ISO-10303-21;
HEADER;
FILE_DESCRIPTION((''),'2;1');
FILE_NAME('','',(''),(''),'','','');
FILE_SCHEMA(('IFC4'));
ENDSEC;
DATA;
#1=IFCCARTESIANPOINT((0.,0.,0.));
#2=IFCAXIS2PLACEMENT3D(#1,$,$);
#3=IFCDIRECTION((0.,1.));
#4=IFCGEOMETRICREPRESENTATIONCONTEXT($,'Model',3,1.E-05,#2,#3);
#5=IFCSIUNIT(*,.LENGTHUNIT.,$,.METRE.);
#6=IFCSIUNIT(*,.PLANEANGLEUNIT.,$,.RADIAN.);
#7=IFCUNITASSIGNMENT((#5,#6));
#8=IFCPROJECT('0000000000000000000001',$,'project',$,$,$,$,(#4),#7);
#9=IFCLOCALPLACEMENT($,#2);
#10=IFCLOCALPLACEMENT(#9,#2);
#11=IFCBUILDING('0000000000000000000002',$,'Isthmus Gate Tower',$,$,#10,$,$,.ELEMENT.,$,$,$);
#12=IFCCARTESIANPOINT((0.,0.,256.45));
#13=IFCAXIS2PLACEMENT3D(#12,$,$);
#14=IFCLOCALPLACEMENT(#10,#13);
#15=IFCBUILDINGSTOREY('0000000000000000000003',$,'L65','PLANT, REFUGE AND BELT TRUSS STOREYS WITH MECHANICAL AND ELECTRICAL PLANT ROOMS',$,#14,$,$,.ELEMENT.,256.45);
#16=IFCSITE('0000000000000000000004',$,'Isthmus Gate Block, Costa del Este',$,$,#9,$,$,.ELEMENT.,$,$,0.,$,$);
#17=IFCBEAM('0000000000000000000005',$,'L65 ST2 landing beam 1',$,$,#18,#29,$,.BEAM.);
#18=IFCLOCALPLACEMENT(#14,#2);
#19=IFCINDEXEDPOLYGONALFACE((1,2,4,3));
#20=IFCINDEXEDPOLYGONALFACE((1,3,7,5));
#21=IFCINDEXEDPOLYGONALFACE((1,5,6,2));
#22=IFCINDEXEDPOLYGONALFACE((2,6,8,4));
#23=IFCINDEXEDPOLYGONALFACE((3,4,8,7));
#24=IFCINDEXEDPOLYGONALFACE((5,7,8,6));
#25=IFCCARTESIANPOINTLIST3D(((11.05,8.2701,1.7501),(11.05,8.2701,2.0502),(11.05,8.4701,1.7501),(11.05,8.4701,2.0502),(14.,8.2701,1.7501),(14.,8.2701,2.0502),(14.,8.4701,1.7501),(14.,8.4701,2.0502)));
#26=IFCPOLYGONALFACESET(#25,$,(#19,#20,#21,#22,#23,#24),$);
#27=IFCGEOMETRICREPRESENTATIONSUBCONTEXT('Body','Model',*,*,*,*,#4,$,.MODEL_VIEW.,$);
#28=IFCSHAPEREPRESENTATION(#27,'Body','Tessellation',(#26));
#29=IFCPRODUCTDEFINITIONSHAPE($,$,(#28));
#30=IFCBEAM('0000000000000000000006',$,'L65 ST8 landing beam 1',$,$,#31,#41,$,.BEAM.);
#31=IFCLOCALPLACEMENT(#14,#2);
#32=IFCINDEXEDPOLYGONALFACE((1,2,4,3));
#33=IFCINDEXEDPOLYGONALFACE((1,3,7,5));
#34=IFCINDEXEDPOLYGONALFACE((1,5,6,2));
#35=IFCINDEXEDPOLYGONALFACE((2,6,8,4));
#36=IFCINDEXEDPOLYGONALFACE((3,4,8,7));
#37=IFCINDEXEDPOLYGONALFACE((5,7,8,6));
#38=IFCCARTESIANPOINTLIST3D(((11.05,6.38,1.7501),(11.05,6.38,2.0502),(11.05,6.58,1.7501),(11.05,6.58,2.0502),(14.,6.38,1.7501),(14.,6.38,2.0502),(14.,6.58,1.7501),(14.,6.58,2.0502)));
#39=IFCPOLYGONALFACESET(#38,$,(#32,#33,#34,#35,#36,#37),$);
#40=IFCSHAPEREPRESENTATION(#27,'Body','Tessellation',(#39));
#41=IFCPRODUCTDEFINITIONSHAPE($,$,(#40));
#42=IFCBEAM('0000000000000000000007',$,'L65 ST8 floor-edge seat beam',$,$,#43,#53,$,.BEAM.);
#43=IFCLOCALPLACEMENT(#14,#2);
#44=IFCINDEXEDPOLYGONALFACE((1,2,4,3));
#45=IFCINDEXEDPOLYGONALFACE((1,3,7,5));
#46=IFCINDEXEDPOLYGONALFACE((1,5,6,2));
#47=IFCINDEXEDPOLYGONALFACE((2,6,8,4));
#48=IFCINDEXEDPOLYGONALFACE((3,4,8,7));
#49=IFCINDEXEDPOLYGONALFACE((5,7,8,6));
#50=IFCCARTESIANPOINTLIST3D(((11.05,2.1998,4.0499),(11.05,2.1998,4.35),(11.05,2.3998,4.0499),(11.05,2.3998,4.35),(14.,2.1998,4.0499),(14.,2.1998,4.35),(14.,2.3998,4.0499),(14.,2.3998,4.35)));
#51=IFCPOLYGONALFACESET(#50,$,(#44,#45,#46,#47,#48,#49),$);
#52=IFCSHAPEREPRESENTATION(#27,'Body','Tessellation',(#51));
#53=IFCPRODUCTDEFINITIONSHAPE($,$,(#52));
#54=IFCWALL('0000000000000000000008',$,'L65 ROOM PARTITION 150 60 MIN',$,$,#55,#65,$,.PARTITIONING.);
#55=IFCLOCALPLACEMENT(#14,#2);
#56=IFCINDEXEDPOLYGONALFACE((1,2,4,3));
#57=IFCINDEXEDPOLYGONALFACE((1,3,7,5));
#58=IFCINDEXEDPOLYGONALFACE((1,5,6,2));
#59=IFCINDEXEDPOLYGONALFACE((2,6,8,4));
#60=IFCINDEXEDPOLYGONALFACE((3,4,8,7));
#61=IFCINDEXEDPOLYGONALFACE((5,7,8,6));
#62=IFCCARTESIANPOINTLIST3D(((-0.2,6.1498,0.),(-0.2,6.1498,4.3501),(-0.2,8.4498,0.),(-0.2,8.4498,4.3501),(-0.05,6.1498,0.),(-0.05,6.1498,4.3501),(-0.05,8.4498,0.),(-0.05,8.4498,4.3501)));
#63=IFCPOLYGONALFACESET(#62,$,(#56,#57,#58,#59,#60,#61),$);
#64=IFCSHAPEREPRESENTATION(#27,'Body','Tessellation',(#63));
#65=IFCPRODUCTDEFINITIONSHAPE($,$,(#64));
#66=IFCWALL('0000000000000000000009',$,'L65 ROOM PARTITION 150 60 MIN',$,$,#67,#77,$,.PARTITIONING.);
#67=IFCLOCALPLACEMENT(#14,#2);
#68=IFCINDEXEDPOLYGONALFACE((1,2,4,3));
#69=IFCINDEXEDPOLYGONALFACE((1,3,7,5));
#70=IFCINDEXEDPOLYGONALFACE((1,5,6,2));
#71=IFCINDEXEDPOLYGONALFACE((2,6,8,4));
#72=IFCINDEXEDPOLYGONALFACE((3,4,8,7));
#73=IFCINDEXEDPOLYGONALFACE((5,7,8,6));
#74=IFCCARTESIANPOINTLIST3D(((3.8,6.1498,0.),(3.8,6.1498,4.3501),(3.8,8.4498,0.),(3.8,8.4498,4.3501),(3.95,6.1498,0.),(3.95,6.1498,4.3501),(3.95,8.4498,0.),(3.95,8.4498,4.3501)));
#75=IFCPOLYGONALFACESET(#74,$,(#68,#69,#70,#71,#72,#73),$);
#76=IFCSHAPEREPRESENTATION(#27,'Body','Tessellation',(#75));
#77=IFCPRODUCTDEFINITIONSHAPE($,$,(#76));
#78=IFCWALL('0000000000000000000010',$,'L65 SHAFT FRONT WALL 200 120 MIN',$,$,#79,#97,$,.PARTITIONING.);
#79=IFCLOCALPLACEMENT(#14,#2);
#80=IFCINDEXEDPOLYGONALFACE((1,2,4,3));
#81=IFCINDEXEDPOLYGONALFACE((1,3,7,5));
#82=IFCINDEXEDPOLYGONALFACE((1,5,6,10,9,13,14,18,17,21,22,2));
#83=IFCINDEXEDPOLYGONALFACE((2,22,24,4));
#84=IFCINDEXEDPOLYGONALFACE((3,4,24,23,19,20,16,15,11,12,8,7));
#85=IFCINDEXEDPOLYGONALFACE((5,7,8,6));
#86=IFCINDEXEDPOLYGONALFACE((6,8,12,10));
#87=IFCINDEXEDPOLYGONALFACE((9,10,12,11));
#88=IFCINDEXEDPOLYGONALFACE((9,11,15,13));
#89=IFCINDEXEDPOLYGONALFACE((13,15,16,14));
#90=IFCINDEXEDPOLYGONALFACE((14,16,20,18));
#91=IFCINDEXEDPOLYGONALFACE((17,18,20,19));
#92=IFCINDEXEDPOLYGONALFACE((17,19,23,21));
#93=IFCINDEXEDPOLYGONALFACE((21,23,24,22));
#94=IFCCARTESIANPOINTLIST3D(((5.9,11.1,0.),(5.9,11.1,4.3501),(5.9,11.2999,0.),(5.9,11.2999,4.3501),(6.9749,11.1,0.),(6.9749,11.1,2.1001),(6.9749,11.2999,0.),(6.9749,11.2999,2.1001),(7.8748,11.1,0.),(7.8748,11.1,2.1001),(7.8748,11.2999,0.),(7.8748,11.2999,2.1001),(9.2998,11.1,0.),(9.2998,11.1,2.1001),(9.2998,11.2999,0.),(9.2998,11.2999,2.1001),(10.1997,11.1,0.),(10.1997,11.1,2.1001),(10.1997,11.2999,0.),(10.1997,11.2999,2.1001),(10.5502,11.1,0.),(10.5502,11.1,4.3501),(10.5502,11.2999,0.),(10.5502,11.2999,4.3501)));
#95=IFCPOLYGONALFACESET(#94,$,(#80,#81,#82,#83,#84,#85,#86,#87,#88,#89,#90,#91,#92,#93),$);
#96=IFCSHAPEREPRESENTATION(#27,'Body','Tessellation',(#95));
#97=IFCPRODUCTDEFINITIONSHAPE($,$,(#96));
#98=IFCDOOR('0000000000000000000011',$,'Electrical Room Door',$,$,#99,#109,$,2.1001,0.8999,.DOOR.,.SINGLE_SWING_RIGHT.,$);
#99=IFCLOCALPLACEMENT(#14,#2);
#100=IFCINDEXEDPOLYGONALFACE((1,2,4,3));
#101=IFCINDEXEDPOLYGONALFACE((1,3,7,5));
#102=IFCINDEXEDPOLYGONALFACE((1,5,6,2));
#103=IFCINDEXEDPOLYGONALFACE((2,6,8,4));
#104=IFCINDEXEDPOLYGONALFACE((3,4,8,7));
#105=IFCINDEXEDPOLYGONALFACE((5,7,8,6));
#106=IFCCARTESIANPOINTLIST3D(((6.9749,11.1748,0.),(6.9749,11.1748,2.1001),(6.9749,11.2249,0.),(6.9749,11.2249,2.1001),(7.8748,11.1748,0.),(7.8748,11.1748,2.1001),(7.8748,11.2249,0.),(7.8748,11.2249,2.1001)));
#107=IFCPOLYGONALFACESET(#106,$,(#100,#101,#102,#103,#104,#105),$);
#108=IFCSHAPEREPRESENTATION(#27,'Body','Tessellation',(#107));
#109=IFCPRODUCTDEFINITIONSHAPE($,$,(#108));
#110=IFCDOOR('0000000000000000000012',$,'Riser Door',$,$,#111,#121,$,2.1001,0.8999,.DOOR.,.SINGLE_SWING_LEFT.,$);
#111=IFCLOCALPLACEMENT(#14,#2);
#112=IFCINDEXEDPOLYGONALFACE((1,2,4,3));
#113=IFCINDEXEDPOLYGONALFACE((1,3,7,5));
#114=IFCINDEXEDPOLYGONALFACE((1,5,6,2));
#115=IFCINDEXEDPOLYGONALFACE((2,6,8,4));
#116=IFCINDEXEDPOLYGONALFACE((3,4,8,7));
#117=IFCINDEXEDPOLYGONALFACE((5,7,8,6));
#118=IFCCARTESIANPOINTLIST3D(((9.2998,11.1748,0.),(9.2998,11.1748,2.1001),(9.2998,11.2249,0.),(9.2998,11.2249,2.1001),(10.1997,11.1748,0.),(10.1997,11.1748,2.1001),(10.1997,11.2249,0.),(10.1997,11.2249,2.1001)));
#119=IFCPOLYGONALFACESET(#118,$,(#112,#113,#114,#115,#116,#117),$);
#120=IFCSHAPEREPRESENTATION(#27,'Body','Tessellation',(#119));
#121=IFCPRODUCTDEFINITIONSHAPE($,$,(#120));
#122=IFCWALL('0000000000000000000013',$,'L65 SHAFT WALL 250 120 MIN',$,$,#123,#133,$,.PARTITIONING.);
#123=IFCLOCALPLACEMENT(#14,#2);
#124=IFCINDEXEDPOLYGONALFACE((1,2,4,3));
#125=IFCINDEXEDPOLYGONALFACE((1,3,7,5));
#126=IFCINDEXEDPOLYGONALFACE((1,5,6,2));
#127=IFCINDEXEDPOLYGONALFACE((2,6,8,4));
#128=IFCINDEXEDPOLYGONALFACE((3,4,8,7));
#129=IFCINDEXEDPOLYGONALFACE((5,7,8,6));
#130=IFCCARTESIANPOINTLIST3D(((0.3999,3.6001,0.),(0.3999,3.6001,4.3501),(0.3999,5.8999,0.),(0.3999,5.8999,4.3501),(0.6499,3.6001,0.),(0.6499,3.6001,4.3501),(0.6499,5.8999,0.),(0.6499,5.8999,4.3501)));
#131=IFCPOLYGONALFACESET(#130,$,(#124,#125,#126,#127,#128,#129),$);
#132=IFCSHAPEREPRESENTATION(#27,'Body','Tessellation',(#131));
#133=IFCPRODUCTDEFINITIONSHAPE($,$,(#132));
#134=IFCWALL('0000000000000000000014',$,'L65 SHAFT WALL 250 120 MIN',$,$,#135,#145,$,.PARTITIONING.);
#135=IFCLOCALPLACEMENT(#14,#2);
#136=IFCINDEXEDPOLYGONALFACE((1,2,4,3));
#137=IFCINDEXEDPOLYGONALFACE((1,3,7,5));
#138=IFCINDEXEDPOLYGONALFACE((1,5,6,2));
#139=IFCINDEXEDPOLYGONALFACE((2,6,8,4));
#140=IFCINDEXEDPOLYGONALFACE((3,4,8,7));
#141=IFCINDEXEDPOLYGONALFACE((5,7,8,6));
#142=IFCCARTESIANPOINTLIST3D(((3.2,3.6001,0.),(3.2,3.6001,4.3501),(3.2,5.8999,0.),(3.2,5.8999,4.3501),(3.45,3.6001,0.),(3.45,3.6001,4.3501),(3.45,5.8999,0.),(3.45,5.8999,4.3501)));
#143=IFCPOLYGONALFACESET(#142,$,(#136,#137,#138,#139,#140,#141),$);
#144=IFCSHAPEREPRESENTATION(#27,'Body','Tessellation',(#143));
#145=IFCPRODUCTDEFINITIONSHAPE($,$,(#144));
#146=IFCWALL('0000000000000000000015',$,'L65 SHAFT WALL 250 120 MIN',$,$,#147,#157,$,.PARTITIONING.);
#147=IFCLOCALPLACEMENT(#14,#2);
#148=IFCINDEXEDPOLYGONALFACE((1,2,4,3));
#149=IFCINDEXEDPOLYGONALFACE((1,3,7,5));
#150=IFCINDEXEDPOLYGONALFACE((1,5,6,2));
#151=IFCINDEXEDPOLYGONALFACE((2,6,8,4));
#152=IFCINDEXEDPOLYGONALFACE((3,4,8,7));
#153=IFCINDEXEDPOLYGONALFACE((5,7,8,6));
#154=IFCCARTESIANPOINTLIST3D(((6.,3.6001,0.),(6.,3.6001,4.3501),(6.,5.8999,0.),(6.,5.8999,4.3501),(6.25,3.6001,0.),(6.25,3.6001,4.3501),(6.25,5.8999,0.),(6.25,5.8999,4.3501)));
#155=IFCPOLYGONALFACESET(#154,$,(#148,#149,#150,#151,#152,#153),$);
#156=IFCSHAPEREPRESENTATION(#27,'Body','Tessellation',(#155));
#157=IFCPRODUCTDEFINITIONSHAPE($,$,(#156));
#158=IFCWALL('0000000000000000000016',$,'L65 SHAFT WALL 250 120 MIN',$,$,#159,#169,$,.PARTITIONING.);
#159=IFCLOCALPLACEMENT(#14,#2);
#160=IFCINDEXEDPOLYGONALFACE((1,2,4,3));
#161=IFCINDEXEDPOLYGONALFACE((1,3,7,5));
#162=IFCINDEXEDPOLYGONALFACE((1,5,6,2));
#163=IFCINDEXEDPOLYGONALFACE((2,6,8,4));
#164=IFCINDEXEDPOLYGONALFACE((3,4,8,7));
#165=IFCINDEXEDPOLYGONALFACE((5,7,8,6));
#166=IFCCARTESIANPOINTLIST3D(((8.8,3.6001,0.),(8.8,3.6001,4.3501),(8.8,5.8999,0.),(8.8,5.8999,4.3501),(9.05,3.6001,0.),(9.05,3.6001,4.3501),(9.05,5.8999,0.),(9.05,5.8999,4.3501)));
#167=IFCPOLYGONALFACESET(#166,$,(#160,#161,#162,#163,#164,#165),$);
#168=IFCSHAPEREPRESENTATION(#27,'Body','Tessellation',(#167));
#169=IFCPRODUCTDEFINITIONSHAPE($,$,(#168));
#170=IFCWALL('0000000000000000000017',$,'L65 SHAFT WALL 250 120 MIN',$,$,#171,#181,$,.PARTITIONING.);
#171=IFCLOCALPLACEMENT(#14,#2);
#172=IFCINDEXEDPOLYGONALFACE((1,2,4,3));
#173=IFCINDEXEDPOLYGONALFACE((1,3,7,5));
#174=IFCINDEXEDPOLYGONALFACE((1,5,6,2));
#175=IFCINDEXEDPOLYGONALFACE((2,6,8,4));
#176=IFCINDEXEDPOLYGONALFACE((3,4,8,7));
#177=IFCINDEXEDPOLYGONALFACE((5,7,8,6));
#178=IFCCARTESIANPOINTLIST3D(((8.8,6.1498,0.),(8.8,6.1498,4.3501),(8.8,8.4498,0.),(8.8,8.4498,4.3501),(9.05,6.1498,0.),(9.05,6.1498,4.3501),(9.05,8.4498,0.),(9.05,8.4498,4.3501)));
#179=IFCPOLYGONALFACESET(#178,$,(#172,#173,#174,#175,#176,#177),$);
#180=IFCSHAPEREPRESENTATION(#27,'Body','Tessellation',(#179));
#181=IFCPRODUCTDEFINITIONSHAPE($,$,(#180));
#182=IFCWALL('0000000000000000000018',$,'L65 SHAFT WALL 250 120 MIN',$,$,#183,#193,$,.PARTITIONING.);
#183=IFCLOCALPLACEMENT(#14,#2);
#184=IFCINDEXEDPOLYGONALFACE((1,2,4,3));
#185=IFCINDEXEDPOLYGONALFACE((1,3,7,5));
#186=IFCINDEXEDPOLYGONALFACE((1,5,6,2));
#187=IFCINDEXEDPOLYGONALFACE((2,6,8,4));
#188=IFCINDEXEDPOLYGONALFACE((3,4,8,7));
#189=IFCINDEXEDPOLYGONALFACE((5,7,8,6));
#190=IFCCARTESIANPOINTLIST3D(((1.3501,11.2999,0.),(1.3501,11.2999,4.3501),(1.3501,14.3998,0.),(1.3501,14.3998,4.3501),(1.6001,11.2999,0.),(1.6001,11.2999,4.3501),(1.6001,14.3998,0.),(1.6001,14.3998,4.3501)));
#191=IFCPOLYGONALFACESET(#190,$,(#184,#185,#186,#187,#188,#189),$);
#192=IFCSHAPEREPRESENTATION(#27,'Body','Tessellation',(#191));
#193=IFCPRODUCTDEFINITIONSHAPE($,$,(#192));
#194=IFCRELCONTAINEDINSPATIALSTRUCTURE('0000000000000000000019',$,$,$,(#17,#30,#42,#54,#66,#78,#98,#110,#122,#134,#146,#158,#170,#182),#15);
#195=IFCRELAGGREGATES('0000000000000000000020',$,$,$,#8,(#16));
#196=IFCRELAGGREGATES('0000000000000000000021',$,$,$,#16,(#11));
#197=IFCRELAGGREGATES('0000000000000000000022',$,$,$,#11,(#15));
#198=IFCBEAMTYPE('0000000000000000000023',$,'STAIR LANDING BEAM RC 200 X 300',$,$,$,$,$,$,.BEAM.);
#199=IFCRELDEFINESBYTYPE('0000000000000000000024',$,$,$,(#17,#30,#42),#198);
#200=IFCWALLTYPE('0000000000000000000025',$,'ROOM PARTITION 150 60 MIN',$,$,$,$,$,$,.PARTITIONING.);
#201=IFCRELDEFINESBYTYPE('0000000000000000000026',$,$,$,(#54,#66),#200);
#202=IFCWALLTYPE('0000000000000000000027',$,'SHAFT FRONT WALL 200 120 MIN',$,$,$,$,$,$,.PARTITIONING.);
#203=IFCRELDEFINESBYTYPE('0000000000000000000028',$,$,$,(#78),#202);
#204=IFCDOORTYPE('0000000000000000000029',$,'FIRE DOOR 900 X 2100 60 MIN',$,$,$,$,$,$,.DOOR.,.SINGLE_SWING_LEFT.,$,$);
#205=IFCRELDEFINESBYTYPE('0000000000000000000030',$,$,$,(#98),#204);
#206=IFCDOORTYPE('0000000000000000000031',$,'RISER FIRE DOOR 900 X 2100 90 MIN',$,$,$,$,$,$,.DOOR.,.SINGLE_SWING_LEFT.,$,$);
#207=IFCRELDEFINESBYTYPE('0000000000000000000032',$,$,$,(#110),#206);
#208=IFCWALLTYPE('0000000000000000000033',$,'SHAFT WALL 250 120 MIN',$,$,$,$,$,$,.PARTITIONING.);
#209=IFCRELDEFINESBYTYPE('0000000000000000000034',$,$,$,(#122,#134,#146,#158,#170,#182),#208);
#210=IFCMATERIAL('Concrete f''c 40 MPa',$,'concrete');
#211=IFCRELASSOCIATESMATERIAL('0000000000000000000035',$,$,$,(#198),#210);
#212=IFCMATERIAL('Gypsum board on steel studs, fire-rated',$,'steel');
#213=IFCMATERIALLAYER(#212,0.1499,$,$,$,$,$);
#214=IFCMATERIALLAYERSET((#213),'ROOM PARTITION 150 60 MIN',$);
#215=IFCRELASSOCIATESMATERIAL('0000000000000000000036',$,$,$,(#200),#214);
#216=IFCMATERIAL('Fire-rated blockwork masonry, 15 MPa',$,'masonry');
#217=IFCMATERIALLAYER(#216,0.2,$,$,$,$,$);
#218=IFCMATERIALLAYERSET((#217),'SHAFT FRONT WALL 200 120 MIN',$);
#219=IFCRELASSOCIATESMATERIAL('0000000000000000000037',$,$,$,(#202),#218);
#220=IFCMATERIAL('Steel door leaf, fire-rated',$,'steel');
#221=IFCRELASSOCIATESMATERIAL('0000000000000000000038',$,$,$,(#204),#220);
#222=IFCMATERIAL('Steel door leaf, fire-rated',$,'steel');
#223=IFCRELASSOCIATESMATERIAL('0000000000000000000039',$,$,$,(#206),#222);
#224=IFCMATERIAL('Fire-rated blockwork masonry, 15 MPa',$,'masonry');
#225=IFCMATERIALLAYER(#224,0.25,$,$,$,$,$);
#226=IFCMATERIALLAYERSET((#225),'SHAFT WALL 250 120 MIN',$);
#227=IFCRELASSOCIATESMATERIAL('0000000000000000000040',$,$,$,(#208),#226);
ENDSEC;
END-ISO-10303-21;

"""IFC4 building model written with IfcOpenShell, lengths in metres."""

from ifc_helpers import new_model, si_unit, direction, frame, frame_2d, origin, origin_2d, place, context, subcontext, project, spatial, rectangle, extrude, material, layer, layer_set, material_profile, profile_set, type_object, element, fill, save


model = new_model("IFC4")

# Units and contexts
model_context = context("Model", 3, precision=1e-05, world=origin(), true_north=direction((0.0, 1.0)))
body_context = subcontext(model_context, "Body", "Model", "MODEL_VIEW")
ifc_project = project(units=[si_unit("LENGTHUNIT", "METRE"), si_unit("PLANEANGLEUNIT", "RADIAN")], contexts=[model_context])

# Site, building, storey
site_placement = place(None, origin())
site = spatial("IfcSite", under=ifc_project, at=site_placement, Name="Isthmus Gate Block, Costa del Este", CompositionType="ELEMENT", RefElevation=0.0)
building_placement = place(site_placement, origin())
building = spatial("IfcBuilding", under=site, at=building_placement, Name="Isthmus Gate Tower", CompositionType="ELEMENT")
storey_placement = place(building_placement, frame((0.0, 0.0, 256.45)))
storey = spatial("IfcBuildingStorey", under=building, at=storey_placement, Name="L65", Description="PLANT, REFUGE AND BELT TRUSS STOREYS WITH MECHANICAL AND ELECTRICAL PLANT ROOMS", CompositionType="ELEMENT", Elevation=256.45)

# Beams
ifc_material_1 = material(Name="Concrete f'c 40 MPa", Category="concrete")
ifc_material_profile = material_profile(ifc_material_1, rectangle(XDim=0.2, YDim=0.3, at=origin_2d()), Name="STAIR LANDING BEAM RC 200 X 300")
ifc_profile_set = profile_set([ifc_material_profile], Name="Concrete f'c 40 MPa")
beam_type = type_object("IfcBeamType", Name="STAIR LANDING BEAM RC 200 X 300", PredefinedType="BEAM", material=ifc_profile_set)
for number, where, z_axis, x_axis, name in (
    (1, (11.05, 8.3701, 1.9001), (1.0, 0.0, 0.0), (0.0, 1.0, 0.0), "L65 ST2 landing beam 1"),
    (2, (11.05, 6.48, 1.9001), (1.0, 0.0, 0.0), (0.0, 1.0, 0.0), "L65 ST8 landing beam 1"),
    (3, (11.05, 2.2998, 4.2), (1.0, 0.0, 0.0), (0.0, 1.0, 0.0), "L65 ST8 floor-edge seat beam"),
):
    element("IfcBeam", number, at=place(storey_placement, frame(where, z_axis=z_axis, x_axis=x_axis)), inside=storey, type_object=beam_type, Name=name, PredefinedType="BEAM", context=body_context, shape_type="SweptSolid", body=[
        extrude(rectangle(XDim=0.2, YDim=0.3, at=origin_2d()), origin(), (0.0, 0.0, 1.0), 2.95),
    ])

# Walls
ifc_material_2 = material(Name="Gypsum board on steel studs, fire-rated", Category="steel")
ifc_layer_1 = layer(ifc_material_2, 0.1499)
ifc_layer_set_1 = layer_set([ifc_layer_1], Name="ROOM PARTITION 150 60 MIN")
wall_type_1 = type_object("IfcWallType", Name="ROOM PARTITION 150 60 MIN", PredefinedType="PARTITIONING", material=ifc_layer_set_1)
for number, where, z_axis, x_axis, name in (
    (4, (-0.125, 6.1499, 0.0), (0.0, 0.0, 1.0), (0.0, 1.0, 0.0), "L65 ROOM PARTITION 150 60 MIN"),
    (5, (3.875, 6.1499, 0.0), (0.0, 0.0, 1.0), (0.0, 1.0, 0.0), "L65 ROOM PARTITION 150 60 MIN"),
):
    element("IfcWall", number, at=place(storey_placement, frame(where, z_axis=z_axis, x_axis=x_axis)), inside=storey, type_object=wall_type_1, Name=name, PredefinedType="PARTITIONING", context=body_context, shape_type="SweptSolid", body=[
        extrude(rectangle(XDim=2.3, YDim=0.1499, at=frame_2d((1.1499, 0.0))), origin(), (0.0, 0.0, 1.0), 4.3501),
    ])

# Wall, openings, doors
ifc_material_3 = material(Name="Fire-rated blockwork masonry, 15 MPa", Category="masonry")
ifc_layer_2 = layer(ifc_material_3, 0.2)
ifc_layer_set_2 = layer_set([ifc_layer_2], Name="SHAFT FRONT WALL 200 120 MIN")
wall_type_2 = type_object("IfcWallType", Name="SHAFT FRONT WALL 200 120 MIN", PredefinedType="PARTITIONING", material=ifc_layer_set_2)
wall_1_placement = place(storey_placement, frame((5.8999, 11.2, 0.0), z_axis=(0.0, 0.0, 1.0), x_axis=(1.0, 0.0, 0.0)))
wall_1 = element("IfcWall", 6, at=wall_1_placement, inside=storey, type_object=wall_type_2, Name="L65 SHAFT FRONT WALL 200 120 MIN", PredefinedType="PARTITIONING", context=body_context, shape_type="SweptSolid", body=[
    extrude(rectangle(XDim=4.6501, YDim=0.2, at=frame_2d((2.3252, 0.0))), origin(), (0.0, 0.0, 1.0), 4.3501),
])
opening_1_placement = place(wall_1_placement, frame((1.075, 0.0, 0.0)))
opening_1 = element("IfcOpeningElement", 7, at=opening_1_placement, cuts=wall_1, PredefinedType="OPENING", context=body_context, shape_type="SweptSolid", body=[
    extrude(rectangle(XDim=0.8999, YDim=2.1001, at=frame_2d((0.45, 1.05))), frame((0.0, 0.1099, 0.0), z_axis=(0.0, -1.0, 0.0), x_axis=(1.0, 0.0, 0.0)), (0.0, 0.0, 1.0), 0.22),
])
opening_2_placement = place(wall_1_placement, frame((3.3999, 0.0, 0.0)))
opening_2 = element("IfcOpeningElement", 8, at=opening_2_placement, cuts=wall_1, PredefinedType="OPENING", context=body_context, shape_type="SweptSolid", body=[
    extrude(rectangle(XDim=0.8999, YDim=2.1001, at=frame_2d((0.45, 1.05))), frame((0.0, 0.1099, 0.0), z_axis=(0.0, -1.0, 0.0), x_axis=(1.0, 0.0, 0.0)), (0.0, 0.0, 1.0), 0.22),
])
ifc_material_4 = material(Name="Steel door leaf, fire-rated", Category="steel")
door_type_1 = type_object("IfcDoorType", Name="FIRE DOOR 900 X 2100 60 MIN", OperationType="SINGLE_SWING_LEFT", PredefinedType="DOOR", material=ifc_material_4)
door_1_placement = place(opening_1_placement, origin())
door_1 = element("IfcDoor", 9, at=door_1_placement, inside=storey, type_object=door_type_1, Name="Electrical Room Door", OperationType="SINGLE_SWING_RIGHT", OverallHeight=2.1001, OverallWidth=0.8999, PredefinedType="DOOR", context=body_context, shape_type="SweptSolid", body=[
    extrude(rectangle(XDim=0.8999, YDim=2.1001, at=frame_2d((0.45, 1.05))), frame((0.0, 0.0249, 0.0), z_axis=(0.0, -1.0, 0.0), x_axis=(1.0, 0.0, 0.0)), (0.0, 0.0, 1.0), 0.05),
])
fill(opening_1, door_1)
ifc_material_5 = material(Name="Steel door leaf, fire-rated", Category="steel")
door_type_2 = type_object("IfcDoorType", Name="RISER FIRE DOOR 900 X 2100 90 MIN", OperationType="SINGLE_SWING_LEFT", PredefinedType="DOOR", material=ifc_material_5)
door_2_placement = place(opening_2_placement, origin())
door_2 = element("IfcDoor", 10, at=door_2_placement, inside=storey, type_object=door_type_2, Name="Riser Door", OperationType="SINGLE_SWING_LEFT", OverallHeight=2.1001, OverallWidth=0.8999, PredefinedType="DOOR", context=body_context, shape_type="SweptSolid", body=[
    extrude(rectangle(XDim=0.8999, YDim=2.1001, at=frame_2d((0.45, 1.05))), frame((0.0, 0.0249, 0.0), z_axis=(0.0, -1.0, 0.0), x_axis=(1.0, 0.0, 0.0)), (0.0, 0.0, 1.0), 0.05),
])
fill(opening_2, door_2)

# Walls
ifc_material_6 = material(Name="Fire-rated blockwork masonry, 15 MPa", Category="masonry")
ifc_layer_3 = layer(ifc_material_6, 0.25)
ifc_layer_set_3 = layer_set([ifc_layer_3], Name="SHAFT WALL 250 120 MIN")
wall_type_3 = type_object("IfcWallType", Name="SHAFT WALL 250 120 MIN", PredefinedType="PARTITIONING", material=ifc_layer_set_3)
for number, where, z_axis, x_axis, name in (
    (11, (0.5249, 3.6001, 0.0), (0.0, 0.0, 1.0), (0.0, 1.0, 0.0), "L65 SHAFT WALL 250 120 MIN"),
    (12, (3.325, 3.6001, 0.0), (0.0, 0.0, 1.0), (0.0, 1.0, 0.0), "L65 SHAFT WALL 250 120 MIN"),
    (13, (6.125, 3.6001, 0.0), (0.0, 0.0, 1.0), (0.0, 1.0, 0.0), "L65 SHAFT WALL 250 120 MIN"),
    (14, (8.925, 3.6001, 0.0), (0.0, 0.0, 1.0), (0.0, 1.0, 0.0), "L65 SHAFT WALL 250 120 MIN"),
):
    element("IfcWall", number, at=place(storey_placement, frame(where, z_axis=z_axis, x_axis=x_axis)), inside=storey, type_object=wall_type_3, Name=name, PredefinedType="PARTITIONING", context=body_context, shape_type="SweptSolid", body=[
        extrude(rectangle(XDim=2.2998, YDim=0.25, at=frame_2d((1.1499, 0.0))), origin(), (0.0, 0.0, 1.0), 4.3501),
    ])
wall_2_placement = place(storey_placement, frame((8.925, 6.1499, 0.0), z_axis=(0.0, 0.0, 1.0), x_axis=(0.0, 1.0, 0.0)))
element("IfcWall", 15, at=wall_2_placement, inside=storey, type_object=wall_type_3, Name="L65 SHAFT WALL 250 120 MIN", PredefinedType="PARTITIONING", context=body_context, shape_type="SweptSolid", body=[
    extrude(rectangle(XDim=2.3, YDim=0.25, at=frame_2d((1.1499, 0.0))), origin(), (0.0, 0.0, 1.0), 4.3501),
])
for number, where, z_axis, x_axis, name in (
    (16, (1.4751, 11.3, 0.0), (0.0, 0.0, 1.0), (0.0, 1.0, 0.0), "L65 SHAFT WALL 250 120 MIN"),
):
    element("IfcWall", number, at=place(storey_placement, frame(where, z_axis=z_axis, x_axis=x_axis)), inside=storey, type_object=wall_type_3, Name=name, PredefinedType="PARTITIONING", context=body_context, shape_type="SweptSolid", body=[
        extrude(rectangle(XDim=3.0999, YDim=0.25, at=frame_2d((1.5498, 0.0))), origin(), (0.0, 0.0, 1.0), 4.3501),
    ])

save(model, "model.ifc")
